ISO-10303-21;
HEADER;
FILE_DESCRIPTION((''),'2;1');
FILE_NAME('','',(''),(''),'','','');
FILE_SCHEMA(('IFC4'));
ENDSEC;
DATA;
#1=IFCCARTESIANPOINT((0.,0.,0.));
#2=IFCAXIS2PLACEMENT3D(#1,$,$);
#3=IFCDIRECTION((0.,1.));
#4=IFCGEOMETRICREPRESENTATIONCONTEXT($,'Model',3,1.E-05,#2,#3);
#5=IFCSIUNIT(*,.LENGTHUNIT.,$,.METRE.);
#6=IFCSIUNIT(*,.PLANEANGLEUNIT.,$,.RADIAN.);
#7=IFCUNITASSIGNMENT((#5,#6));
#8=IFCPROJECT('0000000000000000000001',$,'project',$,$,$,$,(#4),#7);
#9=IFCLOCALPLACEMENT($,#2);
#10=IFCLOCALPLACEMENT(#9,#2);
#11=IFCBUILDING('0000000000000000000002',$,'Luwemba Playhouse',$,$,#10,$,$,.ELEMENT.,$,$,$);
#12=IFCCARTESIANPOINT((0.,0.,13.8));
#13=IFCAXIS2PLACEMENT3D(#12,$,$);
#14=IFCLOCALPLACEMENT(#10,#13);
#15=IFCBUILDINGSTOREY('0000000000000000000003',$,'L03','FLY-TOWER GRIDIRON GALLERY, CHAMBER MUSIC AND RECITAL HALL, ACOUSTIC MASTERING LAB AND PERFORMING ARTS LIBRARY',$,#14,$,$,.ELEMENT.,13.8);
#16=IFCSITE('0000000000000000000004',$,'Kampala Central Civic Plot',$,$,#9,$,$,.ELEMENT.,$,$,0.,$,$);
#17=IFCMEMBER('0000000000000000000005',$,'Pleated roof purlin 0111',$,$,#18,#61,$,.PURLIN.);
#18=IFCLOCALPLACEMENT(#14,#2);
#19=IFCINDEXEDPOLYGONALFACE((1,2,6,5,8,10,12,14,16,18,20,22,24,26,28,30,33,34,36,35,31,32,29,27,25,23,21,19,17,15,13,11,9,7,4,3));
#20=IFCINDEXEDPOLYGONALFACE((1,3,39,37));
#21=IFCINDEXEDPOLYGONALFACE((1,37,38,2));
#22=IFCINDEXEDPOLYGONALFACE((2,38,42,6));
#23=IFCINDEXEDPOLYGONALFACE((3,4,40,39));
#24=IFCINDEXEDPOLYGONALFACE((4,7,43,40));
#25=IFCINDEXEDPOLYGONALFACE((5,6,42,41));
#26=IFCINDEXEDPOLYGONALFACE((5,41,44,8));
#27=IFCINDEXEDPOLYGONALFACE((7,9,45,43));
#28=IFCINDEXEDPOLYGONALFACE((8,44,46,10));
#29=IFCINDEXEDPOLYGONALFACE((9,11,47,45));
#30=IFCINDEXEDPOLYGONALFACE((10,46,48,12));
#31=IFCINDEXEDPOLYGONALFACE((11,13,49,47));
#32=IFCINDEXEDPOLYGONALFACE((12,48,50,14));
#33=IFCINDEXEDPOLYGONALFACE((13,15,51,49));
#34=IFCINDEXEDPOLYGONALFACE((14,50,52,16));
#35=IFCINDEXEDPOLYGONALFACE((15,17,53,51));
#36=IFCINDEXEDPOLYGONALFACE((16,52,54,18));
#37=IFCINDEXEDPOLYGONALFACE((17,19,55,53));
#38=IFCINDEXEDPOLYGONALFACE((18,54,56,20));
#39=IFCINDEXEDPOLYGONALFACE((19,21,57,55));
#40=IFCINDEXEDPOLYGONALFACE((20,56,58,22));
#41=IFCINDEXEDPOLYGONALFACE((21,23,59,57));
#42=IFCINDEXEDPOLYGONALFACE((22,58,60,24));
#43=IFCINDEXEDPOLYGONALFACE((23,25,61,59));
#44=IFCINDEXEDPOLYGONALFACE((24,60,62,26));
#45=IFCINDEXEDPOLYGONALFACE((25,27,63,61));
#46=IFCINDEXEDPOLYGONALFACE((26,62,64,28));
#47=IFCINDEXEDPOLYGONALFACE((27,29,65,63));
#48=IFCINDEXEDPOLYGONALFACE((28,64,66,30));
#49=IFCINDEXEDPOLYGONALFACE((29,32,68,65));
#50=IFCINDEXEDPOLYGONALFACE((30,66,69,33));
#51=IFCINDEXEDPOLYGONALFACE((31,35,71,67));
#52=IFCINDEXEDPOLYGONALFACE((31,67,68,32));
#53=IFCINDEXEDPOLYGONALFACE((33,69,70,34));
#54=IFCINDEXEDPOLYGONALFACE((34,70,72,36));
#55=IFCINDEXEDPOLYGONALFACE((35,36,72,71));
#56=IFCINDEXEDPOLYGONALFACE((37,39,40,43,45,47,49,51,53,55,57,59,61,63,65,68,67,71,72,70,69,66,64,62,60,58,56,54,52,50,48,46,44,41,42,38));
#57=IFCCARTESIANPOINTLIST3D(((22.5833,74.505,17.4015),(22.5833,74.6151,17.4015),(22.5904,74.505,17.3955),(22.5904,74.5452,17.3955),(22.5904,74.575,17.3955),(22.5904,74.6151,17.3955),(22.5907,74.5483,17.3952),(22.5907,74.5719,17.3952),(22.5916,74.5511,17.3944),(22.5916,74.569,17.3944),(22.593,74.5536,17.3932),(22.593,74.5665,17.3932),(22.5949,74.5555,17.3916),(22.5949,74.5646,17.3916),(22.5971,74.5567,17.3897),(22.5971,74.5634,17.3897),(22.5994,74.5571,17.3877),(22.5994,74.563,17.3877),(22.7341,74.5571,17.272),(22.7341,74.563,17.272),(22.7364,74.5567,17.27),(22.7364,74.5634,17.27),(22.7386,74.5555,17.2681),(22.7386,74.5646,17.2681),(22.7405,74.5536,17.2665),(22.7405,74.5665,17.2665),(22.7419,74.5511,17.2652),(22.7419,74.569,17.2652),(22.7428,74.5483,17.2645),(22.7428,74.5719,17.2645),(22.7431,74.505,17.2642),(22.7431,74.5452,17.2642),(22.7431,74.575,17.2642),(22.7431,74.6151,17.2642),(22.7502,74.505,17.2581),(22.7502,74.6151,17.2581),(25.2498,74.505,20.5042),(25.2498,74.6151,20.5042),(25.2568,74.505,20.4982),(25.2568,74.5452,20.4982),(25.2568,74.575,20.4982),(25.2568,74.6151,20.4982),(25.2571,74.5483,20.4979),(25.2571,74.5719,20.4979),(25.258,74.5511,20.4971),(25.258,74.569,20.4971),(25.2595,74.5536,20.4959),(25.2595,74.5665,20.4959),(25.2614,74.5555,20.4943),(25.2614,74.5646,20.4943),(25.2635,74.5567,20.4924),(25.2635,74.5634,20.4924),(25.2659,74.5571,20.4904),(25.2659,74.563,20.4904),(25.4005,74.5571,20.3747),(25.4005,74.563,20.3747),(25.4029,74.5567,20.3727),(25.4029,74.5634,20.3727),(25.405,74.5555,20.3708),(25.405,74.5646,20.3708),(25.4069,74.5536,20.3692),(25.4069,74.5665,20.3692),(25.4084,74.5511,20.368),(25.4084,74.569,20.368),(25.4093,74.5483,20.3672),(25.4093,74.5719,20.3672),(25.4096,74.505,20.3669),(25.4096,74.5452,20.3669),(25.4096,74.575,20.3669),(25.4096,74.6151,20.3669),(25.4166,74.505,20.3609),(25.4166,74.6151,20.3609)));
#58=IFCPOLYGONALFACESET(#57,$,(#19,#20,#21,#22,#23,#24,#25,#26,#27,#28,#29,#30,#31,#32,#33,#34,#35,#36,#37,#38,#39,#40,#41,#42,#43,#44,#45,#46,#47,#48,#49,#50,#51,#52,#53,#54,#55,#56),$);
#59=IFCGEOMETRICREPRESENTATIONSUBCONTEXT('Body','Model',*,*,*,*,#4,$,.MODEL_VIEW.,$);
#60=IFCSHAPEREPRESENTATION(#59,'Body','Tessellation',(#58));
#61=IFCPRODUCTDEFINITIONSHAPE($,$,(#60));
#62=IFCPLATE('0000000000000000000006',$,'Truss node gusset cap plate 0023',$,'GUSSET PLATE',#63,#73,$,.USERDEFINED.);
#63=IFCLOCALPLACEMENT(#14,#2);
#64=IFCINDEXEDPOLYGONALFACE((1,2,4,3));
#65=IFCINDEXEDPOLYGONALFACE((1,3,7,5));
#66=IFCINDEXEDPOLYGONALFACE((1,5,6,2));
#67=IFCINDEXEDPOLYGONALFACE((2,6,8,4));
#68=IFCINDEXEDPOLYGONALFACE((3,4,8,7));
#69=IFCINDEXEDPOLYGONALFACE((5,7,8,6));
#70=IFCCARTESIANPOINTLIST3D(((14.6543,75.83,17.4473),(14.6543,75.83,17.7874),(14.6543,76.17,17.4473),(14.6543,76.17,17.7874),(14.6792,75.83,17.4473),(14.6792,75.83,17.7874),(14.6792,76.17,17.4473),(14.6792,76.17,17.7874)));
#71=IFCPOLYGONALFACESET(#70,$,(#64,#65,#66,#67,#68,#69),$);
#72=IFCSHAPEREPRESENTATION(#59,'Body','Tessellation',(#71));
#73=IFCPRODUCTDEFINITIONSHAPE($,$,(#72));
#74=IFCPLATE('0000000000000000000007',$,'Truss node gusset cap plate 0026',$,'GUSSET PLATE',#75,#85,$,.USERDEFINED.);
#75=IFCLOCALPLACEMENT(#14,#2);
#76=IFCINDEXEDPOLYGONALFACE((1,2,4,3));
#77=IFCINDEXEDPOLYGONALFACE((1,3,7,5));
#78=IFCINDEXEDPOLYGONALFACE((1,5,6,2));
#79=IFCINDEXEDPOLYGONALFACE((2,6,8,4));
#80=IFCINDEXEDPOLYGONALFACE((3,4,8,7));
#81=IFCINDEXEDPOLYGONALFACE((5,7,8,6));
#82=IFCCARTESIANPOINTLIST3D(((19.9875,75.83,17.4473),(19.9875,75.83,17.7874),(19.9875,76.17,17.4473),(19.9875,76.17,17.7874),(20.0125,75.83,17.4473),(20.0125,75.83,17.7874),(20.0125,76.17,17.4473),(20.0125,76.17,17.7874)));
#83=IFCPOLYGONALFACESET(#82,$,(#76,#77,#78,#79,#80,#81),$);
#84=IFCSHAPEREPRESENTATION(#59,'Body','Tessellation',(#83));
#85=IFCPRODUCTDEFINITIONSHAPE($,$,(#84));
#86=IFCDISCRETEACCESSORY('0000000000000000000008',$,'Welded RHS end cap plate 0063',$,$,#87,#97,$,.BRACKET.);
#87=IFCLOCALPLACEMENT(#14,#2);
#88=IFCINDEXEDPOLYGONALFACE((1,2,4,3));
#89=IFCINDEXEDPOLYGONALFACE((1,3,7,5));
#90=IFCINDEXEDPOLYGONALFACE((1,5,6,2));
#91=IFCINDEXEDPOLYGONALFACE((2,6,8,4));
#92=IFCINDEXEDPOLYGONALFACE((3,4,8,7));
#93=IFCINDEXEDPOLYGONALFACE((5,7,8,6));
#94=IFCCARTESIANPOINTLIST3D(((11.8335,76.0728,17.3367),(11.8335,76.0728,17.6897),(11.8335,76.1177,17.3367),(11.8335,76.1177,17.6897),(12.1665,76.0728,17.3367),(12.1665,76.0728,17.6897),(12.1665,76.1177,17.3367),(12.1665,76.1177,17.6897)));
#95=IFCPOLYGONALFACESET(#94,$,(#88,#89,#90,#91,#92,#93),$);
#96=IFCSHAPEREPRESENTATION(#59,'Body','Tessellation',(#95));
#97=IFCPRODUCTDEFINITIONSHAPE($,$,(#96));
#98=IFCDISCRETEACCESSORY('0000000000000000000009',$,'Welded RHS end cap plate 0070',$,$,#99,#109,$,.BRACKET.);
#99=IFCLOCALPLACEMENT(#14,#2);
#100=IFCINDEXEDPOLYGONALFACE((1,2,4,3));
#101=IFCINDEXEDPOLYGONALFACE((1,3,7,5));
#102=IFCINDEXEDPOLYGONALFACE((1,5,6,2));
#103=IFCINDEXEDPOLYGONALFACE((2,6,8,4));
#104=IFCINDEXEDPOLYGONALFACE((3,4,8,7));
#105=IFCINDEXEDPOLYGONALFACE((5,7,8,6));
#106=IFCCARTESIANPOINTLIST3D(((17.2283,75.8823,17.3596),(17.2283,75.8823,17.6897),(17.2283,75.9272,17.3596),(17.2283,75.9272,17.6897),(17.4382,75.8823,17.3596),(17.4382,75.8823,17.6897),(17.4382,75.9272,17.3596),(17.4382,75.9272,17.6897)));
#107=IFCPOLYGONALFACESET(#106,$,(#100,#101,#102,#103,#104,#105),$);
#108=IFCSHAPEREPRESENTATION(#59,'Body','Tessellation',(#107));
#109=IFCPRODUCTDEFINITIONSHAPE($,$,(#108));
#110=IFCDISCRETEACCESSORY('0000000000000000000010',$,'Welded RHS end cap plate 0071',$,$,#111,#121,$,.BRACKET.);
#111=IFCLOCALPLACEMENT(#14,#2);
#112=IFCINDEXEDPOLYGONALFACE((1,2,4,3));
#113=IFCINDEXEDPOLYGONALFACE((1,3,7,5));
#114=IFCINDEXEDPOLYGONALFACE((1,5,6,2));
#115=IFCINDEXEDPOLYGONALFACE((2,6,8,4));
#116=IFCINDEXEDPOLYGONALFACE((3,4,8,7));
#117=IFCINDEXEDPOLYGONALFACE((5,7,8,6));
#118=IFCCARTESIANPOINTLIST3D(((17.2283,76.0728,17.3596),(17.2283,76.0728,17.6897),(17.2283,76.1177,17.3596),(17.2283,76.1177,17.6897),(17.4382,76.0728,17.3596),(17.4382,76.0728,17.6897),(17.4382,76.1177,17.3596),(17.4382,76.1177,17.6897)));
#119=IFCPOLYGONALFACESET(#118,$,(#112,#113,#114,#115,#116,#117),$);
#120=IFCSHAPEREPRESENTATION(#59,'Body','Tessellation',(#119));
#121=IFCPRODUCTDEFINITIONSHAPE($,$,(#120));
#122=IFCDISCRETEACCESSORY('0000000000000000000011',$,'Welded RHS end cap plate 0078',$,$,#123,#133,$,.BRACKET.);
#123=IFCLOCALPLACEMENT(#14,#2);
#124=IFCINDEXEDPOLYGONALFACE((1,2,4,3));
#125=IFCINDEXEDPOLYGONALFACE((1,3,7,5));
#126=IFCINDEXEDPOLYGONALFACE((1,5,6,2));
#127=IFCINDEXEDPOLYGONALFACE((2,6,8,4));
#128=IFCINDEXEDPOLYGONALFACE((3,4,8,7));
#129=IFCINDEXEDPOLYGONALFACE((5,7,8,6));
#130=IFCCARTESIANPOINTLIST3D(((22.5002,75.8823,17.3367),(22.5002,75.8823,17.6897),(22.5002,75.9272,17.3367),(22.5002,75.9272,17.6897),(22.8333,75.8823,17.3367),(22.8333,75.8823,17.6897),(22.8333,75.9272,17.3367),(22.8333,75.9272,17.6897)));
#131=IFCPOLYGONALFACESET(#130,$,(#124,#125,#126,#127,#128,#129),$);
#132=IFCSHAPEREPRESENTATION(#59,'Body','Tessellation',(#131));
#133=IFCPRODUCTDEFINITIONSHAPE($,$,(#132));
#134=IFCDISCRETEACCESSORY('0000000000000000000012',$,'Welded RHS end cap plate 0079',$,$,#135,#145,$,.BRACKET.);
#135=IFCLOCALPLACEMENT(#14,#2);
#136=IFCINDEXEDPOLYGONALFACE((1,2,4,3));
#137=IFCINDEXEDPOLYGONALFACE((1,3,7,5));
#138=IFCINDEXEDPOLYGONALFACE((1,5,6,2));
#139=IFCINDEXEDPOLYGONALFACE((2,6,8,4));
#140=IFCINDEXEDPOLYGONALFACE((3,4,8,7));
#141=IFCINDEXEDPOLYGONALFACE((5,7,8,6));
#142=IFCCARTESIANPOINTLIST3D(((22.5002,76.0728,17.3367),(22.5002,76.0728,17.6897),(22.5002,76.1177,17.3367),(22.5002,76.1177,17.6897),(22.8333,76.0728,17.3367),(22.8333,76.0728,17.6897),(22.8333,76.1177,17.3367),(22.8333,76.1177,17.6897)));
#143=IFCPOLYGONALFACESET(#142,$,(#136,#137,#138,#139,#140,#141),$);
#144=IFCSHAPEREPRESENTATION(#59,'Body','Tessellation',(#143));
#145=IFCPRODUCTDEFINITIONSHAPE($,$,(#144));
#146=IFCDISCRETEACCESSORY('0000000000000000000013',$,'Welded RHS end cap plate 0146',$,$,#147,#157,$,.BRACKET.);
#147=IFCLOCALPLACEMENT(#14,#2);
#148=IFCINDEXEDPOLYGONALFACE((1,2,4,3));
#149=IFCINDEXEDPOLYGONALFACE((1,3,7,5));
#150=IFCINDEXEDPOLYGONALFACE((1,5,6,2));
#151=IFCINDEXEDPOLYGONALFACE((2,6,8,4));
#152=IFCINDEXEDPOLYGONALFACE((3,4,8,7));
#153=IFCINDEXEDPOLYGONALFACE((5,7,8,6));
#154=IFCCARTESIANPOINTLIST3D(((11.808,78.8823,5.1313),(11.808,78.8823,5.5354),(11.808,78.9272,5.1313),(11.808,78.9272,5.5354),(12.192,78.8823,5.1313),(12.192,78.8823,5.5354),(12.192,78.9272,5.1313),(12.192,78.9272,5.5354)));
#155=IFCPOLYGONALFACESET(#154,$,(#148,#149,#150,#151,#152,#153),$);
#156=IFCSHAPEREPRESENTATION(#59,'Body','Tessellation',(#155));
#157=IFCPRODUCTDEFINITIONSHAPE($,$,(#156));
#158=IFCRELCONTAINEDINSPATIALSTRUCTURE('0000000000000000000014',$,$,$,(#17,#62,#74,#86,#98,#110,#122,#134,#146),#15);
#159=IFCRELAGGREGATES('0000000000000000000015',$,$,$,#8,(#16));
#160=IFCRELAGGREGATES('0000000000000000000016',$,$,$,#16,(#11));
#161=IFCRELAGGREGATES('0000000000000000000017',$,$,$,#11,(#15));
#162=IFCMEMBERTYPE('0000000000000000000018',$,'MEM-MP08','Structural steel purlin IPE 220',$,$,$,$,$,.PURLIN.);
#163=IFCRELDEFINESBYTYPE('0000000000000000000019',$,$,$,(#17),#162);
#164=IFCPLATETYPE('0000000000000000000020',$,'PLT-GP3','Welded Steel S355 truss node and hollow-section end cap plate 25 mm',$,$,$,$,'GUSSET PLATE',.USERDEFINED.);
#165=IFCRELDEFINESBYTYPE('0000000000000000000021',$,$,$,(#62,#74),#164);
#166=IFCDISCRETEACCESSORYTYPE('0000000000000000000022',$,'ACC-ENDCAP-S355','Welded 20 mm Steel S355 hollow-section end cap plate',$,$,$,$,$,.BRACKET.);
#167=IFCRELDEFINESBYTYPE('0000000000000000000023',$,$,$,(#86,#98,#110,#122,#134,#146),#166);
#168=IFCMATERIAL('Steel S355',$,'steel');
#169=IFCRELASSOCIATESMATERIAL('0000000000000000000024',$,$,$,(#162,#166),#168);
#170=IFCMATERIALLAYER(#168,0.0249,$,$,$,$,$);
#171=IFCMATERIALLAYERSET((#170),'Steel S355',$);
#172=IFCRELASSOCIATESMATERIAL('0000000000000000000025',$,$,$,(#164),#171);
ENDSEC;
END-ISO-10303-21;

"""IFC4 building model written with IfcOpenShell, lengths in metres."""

from ifc_helpers import new_model, si_unit, direction, frame, origin, origin_2d, place, context, subcontext, project, spatial, rectangle, i_section, extrude, material, layer, layer_set, material_profile, profile_set, type_object, element, save


model = new_model("IFC4")

# Units and contexts
model_context = context("Model", 3, precision=1e-05, world=origin(), true_north=direction((0.0, 1.0)))
body_context = subcontext(model_context, "Body", "Model", "MODEL_VIEW")
ifc_project = project(units=[si_unit("LENGTHUNIT", "METRE"), si_unit("PLANEANGLEUNIT", "RADIAN")], contexts=[model_context])

# Site, building, storey
site_placement = place(None, origin())
site = spatial("IfcSite", under=ifc_project, at=site_placement, Name="Kampala Central Civic Plot", CompositionType="ELEMENT", RefElevation=0.0)
building_placement = place(site_placement, origin())
building = spatial("IfcBuilding", under=site, at=building_placement, Name="Luwemba Playhouse", CompositionType="ELEMENT")
storey_placement = place(building_placement, frame((0.0, 0.0, 13.8)))
storey = spatial("IfcBuildingStorey", under=building, at=storey_placement, Name="L03", Description="FLY-TOWER GRIDIRON GALLERY, CHAMBER MUSIC AND RECITAL HALL, ACOUSTIC MASTERING LAB AND PERFORMING ARTS LIBRARY", CompositionType="ELEMENT", Elevation=13.8)

# Shared definitions
ifc_material_1 = material(Name="Steel S355", Category="steel")

# Member
ifc_material_profile_1 = material_profile(ifc_material_1, i_section(OverallWidth=0.1101, OverallDepth=0.22, WebThickness=0.0059, FlangeThickness=0.0093, FilletRadius=0.012, at=origin_2d()))
ifc_profile_set_1 = profile_set([ifc_material_profile_1], Name="Steel S355")
member_type_1 = type_object("IfcMemberType", Name="MEM-MP08", Description="Structural steel purlin IPE 220", PredefinedType="PURLIN", material=ifc_profile_set_1)
member_1_placement = place(storey_placement, frame((22.6667, 74.5601, 17.3298), z_axis=(0.651774, 0.0, 0.758413), x_axis=(0.0, 1.0, 0.0)))
element("IfcMember", 1, at=member_1_placement, inside=storey, type_object=member_type_1, Name="Pleated roof purlin 0111", PredefinedType="PURLIN", context=body_context, shape_type="SweptSolid", body=[
    extrude(i_section(OverallWidth=0.1101, OverallDepth=0.22, WebThickness=0.0059, FlangeThickness=0.0093, FilletRadius=0.012, at=origin_2d()), origin(), (0.0, 0.0, 1.0), 4.0911),
])

# Plates
ifc_layer = layer(ifc_material_1, 0.0249)
ifc_layer_set = layer_set([ifc_layer], Name="Steel S355")
plate_type = type_object("IfcPlateType", Name="PLT-GP3", Description="Welded Steel S355 truss node and hollow-section end cap plate 25 mm", ElementType="GUSSET PLATE", PredefinedType="USERDEFINED", material=ifc_layer_set)
for number, where, z_axis, x_axis, name in (
    (2, (14.6667, 76.0, 17.4473), (0.0, 0.0, 1.0), (1.0, 0.0, 0.0), "Truss node gusset cap plate 0023"),
    (3, (20.0, 76.0, 17.4473), (0.0, 0.0, 1.0), (1.0, 0.0, 0.0), "Truss node gusset cap plate 0026"),
):
    element("IfcPlate", number, at=place(storey_placement, frame(where, z_axis=z_axis, x_axis=x_axis)), inside=storey, type_object=plate_type, Name=name, ObjectType="GUSSET PLATE", PredefinedType="USERDEFINED", context=body_context, shape_type="SweptSolid", body=[
        extrude(rectangle(XDim=0.0249, YDim=0.3401, at=origin_2d()), origin(), (0.0, 0.0, 1.0), 0.3401),
    ])

# Discrete accessories
discrete_accessory_type = type_object("IfcDiscreteAccessoryType", Name="ACC-ENDCAP-S355", Description="Welded 20 mm Steel S355 hollow-section end cap plate", PredefinedType="BRACKET", material=ifc_material_1)
discrete_accessory_1_placement = place(storey_placement, frame((12.0, 76.0952, 17.3367), z_axis=(0.0, 0.0, 1.0), x_axis=(1.0, 0.0, 0.0)))
element("IfcDiscreteAccessory", 4, at=discrete_accessory_1_placement, inside=storey, type_object=discrete_accessory_type, Name="Welded RHS end cap plate 0063", PredefinedType="BRACKET", context=body_context, shape_type="SweptSolid", body=[
    extrude(rectangle(XDim=0.333, YDim=0.0449, at=origin_2d()), origin(), (0.0, 0.0, 1.0), 0.353),
])
for number, where, z_axis, x_axis, name in (
    (5, (17.3333, 75.9048, 17.3596), (0.0, 0.0, 1.0), (1.0, 0.0, 0.0), "Welded RHS end cap plate 0070"),
    (6, (17.3333, 76.0952, 17.3596), (0.0, 0.0, 1.0), (1.0, 0.0, 0.0), "Welded RHS end cap plate 0071"),
):
    element("IfcDiscreteAccessory", number, at=place(storey_placement, frame(where, z_axis=z_axis, x_axis=x_axis)), inside=storey, type_object=discrete_accessory_type, Name=name, PredefinedType="BRACKET", context=body_context, shape_type="SweptSolid", body=[
        extrude(rectangle(XDim=0.21, YDim=0.0449, at=origin_2d()), origin(), (0.0, 0.0, 1.0), 0.3301),
    ])
for number, where, z_axis, x_axis, name in (
    (7, (22.6667, 75.9048, 17.3367), (0.0, 0.0, 1.0), (1.0, 0.0, 0.0), "Welded RHS end cap plate 0078"),
    (8, (22.6667, 76.0952, 17.3367), (0.0, 0.0, 1.0), (1.0, 0.0, 0.0), "Welded RHS end cap plate 0079"),
):
    element("IfcDiscreteAccessory", number, at=place(storey_placement, frame(where, z_axis=z_axis, x_axis=x_axis)), inside=storey, type_object=discrete_accessory_type, Name=name, PredefinedType="BRACKET", context=body_context, shape_type="SweptSolid", body=[
        extrude(rectangle(XDim=0.333, YDim=0.0449, at=origin_2d()), origin(), (0.0, 0.0, 1.0), 0.353),
    ])
discrete_accessory_2_placement = place(storey_placement, frame((12.0, 78.9048, 5.1313), z_axis=(0.0, 0.0, 1.0), x_axis=(1.0, 0.0, 0.0)))
element("IfcDiscreteAccessory", 9, at=discrete_accessory_2_placement, inside=storey, type_object=discrete_accessory_type, Name="Welded RHS end cap plate 0146", PredefinedType="BRACKET", context=body_context, shape_type="SweptSolid", body=[
    extrude(rectangle(XDim=0.384, YDim=0.0449, at=origin_2d()), origin(), (0.0, 0.0, 1.0), 0.4041),
])

save(model, "model.ifc")
